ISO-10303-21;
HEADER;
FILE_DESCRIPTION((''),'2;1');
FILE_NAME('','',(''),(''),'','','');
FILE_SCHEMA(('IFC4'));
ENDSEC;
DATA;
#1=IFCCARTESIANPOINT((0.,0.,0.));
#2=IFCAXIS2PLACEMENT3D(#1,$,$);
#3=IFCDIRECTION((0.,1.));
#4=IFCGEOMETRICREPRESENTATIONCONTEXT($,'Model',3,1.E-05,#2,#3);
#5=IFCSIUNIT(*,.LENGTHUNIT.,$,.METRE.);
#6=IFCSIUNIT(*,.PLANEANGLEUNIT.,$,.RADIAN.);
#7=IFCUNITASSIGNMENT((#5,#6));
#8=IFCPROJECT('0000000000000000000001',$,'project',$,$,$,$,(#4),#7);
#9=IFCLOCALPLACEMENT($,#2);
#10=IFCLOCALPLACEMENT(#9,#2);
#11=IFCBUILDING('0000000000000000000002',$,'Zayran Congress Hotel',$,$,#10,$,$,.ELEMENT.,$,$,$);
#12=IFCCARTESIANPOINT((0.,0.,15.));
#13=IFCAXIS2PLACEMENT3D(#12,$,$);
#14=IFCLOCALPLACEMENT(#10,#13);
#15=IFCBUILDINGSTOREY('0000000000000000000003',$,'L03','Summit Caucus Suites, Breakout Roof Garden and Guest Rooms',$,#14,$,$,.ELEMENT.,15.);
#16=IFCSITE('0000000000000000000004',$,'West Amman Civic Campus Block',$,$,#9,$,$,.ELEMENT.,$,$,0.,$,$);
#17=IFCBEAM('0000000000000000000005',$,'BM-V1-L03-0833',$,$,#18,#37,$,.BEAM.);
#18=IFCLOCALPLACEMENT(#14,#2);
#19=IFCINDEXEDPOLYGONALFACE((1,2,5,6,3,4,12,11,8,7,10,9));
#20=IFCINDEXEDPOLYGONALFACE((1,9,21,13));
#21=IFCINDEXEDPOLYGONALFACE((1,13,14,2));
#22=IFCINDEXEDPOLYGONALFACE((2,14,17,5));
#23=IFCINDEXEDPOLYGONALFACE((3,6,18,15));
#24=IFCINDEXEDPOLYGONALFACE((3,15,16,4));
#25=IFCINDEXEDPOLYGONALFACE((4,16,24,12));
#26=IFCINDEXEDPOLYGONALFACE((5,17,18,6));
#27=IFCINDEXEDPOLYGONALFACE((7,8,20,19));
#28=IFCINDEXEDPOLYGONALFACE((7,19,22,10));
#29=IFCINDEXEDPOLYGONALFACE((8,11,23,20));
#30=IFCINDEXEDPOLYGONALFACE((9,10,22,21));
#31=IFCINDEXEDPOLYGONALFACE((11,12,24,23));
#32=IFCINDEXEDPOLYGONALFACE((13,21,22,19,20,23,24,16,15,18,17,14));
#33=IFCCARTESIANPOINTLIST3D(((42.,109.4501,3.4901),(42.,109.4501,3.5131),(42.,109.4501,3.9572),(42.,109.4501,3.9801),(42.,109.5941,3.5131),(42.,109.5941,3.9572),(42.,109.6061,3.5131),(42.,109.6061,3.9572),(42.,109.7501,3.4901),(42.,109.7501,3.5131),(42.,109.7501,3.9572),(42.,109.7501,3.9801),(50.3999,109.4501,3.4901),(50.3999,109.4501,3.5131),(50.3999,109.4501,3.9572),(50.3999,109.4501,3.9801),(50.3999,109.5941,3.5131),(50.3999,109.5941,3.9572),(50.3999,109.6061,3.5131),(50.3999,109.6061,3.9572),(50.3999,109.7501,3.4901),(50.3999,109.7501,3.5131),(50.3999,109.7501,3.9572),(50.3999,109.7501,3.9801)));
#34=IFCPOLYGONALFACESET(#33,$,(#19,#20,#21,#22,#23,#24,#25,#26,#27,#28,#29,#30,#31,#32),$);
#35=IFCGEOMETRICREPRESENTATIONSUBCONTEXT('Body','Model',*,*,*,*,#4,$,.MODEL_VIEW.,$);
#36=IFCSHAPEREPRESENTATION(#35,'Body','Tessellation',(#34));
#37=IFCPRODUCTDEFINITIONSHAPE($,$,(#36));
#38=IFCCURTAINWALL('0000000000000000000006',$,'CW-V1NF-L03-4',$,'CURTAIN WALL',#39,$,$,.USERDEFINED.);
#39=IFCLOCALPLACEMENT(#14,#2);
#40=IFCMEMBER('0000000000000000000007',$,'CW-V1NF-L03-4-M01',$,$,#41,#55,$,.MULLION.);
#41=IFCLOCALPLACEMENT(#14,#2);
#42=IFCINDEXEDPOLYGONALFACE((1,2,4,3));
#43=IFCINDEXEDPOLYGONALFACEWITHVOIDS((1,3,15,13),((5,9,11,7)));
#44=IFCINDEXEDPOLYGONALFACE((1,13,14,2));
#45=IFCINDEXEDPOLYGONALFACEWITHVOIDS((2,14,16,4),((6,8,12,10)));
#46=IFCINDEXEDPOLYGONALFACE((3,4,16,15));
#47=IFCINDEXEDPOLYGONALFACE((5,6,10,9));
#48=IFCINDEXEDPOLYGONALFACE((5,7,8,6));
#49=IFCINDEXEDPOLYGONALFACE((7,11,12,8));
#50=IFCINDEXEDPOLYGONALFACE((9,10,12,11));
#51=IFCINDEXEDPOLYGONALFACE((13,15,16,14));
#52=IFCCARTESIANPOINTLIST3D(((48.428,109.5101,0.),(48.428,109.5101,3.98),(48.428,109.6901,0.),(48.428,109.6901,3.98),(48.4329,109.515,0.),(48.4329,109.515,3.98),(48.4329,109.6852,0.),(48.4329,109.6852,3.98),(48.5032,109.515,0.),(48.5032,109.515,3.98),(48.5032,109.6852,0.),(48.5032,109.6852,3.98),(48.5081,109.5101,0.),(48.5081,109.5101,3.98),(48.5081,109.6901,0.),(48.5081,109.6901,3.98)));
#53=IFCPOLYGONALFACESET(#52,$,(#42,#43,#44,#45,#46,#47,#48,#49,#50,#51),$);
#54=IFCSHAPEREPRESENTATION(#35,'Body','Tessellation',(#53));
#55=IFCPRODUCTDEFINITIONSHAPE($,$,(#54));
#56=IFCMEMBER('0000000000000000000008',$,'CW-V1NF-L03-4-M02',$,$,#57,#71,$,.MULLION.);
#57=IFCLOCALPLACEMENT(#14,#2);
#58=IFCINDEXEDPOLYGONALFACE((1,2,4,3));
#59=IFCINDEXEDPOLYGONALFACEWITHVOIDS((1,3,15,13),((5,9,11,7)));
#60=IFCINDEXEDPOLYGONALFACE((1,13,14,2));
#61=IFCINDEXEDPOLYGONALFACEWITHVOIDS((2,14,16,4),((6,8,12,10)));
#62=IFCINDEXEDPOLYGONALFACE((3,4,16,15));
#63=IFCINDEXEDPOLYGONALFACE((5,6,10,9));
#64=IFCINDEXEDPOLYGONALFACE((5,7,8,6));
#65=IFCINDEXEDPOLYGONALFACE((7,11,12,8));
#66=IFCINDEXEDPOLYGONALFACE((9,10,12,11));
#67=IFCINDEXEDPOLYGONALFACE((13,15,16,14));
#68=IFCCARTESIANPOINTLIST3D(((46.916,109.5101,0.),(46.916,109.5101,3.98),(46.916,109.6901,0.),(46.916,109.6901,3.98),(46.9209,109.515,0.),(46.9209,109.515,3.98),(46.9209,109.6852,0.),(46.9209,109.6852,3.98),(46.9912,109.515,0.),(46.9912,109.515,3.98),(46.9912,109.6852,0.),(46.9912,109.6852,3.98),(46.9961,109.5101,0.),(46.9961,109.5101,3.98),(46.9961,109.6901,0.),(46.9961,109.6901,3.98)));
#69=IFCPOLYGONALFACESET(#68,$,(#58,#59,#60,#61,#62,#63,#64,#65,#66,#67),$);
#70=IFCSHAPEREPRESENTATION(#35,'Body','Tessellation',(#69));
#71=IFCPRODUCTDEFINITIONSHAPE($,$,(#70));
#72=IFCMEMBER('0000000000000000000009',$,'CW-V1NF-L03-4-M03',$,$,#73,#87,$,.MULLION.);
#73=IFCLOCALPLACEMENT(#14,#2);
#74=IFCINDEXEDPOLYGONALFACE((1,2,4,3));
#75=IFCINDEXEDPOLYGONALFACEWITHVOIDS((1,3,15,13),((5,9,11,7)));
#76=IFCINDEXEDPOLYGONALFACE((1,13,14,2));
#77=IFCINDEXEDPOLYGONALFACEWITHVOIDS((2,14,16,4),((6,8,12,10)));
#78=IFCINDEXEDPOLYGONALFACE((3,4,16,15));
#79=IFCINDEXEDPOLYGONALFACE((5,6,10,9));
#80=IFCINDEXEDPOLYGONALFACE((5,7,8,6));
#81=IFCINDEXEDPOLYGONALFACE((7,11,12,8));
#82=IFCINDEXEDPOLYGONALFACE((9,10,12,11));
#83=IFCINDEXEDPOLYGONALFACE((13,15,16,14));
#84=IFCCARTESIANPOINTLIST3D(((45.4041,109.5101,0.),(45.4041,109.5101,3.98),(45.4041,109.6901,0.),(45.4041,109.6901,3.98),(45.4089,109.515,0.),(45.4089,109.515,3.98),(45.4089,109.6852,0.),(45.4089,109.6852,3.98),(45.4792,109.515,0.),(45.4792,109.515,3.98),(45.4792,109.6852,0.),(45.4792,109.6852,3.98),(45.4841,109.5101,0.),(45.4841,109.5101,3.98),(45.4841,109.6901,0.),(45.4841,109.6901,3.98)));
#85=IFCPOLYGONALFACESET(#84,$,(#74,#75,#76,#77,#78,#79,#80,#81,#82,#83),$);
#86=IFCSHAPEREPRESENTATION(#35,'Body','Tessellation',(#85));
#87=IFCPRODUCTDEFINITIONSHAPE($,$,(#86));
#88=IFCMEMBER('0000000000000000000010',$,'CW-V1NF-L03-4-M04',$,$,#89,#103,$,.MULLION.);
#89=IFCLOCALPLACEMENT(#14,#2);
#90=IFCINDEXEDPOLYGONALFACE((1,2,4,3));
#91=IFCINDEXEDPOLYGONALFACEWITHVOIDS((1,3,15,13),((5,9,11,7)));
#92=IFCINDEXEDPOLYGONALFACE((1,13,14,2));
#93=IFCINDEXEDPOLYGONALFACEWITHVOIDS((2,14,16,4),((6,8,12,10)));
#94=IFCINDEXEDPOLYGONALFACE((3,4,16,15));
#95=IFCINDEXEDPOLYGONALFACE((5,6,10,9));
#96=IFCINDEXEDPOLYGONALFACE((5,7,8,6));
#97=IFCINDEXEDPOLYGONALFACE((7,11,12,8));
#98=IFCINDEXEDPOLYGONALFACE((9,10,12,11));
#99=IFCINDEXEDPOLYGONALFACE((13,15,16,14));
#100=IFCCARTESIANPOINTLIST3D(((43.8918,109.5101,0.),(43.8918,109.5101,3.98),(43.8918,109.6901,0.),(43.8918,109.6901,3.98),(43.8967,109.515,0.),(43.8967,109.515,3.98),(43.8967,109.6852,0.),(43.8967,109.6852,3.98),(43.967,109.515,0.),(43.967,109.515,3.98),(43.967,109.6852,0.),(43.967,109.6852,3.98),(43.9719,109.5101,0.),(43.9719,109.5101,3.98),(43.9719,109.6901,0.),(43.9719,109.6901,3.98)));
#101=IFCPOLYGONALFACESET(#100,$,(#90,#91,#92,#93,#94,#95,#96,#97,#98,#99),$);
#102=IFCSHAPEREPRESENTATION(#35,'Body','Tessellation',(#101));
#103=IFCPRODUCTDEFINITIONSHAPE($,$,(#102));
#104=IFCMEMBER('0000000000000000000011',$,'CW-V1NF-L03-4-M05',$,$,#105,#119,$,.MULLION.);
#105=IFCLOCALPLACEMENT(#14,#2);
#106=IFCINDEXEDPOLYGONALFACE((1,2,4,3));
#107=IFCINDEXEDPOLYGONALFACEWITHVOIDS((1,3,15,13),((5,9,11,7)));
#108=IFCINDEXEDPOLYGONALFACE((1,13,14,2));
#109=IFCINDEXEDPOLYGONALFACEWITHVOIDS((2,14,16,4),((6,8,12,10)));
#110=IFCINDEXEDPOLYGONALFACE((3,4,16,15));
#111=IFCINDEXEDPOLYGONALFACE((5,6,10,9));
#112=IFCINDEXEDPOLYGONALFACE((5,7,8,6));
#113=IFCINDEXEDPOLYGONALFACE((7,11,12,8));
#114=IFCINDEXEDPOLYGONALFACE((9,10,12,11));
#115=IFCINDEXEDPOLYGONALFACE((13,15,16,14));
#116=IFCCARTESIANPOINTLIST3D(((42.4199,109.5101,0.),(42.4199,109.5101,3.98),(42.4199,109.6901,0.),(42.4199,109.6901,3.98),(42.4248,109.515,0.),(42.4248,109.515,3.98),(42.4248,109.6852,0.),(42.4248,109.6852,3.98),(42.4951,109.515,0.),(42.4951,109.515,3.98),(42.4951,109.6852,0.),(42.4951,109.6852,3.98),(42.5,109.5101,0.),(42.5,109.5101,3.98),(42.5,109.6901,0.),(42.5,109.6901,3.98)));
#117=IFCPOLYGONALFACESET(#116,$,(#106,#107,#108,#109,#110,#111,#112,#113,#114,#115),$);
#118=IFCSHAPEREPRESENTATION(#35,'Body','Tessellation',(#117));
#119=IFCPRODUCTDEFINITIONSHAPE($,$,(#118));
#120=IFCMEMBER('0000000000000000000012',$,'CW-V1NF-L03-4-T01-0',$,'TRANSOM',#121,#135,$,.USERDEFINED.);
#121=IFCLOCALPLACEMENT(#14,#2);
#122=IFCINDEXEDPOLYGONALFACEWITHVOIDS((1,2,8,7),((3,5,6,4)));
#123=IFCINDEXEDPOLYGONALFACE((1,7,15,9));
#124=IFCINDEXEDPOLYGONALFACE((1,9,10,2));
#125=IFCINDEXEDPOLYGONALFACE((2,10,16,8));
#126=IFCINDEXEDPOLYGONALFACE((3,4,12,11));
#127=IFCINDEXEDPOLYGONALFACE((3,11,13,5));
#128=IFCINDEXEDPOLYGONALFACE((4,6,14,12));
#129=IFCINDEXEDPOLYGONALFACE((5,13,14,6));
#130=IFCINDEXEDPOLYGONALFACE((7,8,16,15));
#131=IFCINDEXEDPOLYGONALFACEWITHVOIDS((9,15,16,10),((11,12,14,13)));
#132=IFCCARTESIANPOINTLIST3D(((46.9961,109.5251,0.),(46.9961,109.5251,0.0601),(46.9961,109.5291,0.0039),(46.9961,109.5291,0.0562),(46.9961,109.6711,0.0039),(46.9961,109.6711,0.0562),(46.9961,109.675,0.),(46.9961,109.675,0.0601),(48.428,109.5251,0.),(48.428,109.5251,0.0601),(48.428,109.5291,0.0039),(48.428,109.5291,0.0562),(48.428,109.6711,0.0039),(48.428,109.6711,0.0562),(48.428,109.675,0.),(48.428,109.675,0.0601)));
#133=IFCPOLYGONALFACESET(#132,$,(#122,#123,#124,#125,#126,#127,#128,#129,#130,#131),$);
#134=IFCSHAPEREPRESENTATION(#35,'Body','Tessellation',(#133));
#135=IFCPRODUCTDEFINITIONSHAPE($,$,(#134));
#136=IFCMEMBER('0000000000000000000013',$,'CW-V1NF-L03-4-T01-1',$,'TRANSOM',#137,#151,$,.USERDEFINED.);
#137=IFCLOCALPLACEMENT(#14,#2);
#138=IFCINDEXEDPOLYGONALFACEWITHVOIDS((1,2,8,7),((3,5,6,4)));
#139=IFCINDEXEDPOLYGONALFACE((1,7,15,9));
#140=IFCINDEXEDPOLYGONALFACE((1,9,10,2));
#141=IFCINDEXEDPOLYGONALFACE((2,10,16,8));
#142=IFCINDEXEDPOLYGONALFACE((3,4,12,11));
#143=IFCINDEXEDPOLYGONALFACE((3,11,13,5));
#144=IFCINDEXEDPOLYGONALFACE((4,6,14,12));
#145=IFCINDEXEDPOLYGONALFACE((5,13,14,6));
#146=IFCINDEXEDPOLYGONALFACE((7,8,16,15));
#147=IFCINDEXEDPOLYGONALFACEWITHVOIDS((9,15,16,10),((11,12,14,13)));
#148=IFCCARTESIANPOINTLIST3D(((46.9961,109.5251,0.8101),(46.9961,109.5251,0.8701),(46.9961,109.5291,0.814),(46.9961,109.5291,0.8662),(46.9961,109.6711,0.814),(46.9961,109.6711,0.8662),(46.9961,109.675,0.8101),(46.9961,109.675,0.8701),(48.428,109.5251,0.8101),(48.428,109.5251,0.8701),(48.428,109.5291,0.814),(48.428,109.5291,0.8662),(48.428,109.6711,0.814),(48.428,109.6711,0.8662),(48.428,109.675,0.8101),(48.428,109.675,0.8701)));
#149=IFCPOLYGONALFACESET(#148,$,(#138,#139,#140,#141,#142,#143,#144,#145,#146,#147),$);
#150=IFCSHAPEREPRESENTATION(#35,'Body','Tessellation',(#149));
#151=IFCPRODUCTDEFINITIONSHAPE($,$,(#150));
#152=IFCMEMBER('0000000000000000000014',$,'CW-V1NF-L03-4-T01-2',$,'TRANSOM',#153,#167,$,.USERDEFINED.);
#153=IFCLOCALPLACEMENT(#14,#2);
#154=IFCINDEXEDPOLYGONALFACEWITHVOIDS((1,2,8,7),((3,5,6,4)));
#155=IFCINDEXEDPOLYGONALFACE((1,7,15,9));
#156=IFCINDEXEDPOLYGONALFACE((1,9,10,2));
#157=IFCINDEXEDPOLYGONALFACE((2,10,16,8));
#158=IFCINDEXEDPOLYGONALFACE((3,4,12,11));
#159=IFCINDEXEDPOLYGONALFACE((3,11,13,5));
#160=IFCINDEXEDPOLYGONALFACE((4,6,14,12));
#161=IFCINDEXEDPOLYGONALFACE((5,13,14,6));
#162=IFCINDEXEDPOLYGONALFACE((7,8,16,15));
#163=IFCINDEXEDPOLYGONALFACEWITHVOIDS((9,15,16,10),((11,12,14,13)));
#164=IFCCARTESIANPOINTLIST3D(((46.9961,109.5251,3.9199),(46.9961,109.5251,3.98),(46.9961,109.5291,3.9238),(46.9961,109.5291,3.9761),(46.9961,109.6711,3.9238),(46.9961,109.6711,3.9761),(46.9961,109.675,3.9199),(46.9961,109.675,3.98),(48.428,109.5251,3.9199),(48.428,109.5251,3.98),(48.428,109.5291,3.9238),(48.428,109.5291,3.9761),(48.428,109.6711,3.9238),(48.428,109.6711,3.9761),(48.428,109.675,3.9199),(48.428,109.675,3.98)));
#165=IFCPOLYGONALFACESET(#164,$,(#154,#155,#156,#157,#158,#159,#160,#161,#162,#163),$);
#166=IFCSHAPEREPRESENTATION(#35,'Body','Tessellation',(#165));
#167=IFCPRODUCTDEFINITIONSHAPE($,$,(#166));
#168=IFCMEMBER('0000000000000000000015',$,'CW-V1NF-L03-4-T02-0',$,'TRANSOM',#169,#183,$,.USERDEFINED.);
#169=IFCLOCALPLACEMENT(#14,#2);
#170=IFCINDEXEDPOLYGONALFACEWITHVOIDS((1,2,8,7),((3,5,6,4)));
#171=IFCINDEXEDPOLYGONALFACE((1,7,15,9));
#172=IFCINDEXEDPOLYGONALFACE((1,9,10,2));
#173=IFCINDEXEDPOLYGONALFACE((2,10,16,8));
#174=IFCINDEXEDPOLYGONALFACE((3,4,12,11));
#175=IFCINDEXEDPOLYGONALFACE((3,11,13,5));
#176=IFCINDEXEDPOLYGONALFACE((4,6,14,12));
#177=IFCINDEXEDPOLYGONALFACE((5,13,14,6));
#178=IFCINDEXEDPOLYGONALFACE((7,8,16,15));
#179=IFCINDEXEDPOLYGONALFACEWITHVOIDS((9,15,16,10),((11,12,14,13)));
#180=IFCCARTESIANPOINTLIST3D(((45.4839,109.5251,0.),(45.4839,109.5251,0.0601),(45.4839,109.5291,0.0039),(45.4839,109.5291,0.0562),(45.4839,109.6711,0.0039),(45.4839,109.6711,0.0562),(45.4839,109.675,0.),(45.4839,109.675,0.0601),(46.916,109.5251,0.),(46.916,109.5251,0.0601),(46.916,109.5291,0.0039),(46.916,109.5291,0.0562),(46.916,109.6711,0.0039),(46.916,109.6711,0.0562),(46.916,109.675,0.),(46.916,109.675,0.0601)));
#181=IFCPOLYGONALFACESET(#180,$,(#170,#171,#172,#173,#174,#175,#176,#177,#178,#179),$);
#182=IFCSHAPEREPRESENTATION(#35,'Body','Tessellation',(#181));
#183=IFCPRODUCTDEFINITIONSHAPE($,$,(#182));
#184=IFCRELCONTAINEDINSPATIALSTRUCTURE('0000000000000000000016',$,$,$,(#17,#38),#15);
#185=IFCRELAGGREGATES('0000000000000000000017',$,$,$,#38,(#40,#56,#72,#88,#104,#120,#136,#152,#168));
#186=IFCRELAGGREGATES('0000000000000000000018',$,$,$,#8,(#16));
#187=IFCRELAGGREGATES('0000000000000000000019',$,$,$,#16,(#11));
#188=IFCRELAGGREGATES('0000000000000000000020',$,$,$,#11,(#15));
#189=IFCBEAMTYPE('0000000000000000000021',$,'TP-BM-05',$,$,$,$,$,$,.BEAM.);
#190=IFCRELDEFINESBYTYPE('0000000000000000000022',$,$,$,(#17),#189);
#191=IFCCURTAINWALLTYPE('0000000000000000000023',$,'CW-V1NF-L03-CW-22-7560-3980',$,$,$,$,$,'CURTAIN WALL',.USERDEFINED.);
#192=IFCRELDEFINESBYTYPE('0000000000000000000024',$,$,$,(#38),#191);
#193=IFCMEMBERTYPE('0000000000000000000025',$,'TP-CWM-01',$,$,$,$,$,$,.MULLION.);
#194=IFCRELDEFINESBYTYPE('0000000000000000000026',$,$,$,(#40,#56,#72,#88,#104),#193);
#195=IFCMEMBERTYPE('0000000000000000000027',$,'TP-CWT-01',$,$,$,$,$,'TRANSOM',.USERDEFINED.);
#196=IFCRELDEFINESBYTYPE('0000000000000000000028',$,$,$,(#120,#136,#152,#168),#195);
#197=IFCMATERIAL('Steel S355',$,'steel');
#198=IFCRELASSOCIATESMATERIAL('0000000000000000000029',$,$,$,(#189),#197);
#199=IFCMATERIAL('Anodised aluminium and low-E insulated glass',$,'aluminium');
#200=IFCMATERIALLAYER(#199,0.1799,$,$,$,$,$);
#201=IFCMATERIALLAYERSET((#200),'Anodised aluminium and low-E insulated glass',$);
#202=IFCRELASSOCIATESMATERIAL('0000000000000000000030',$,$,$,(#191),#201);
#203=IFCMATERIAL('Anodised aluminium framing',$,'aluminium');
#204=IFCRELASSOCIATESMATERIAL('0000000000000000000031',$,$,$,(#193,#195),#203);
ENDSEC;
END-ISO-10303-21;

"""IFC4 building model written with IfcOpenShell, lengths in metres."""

from ifc_helpers import new_model, si_unit, direction, frame, origin, origin_2d, place, context, subcontext, project, spatial, hollow_rectangle, i_section, extrude, material, layer, layer_set, material_profile, profile_set, type_object, element, aggregate, save


model = new_model("IFC4")

# Units and contexts
model_context = context("Model", 3, precision=1e-05, world=origin(), true_north=direction((0.0, 1.0)))
body_context = subcontext(model_context, "Body", "Model", "MODEL_VIEW")
ifc_project = project(units=[si_unit("LENGTHUNIT", "METRE"), si_unit("PLANEANGLEUNIT", "RADIAN")], contexts=[model_context])

# Site, building, storey
site_placement = place(None, origin())
site = spatial("IfcSite", under=ifc_project, at=site_placement, Name="West Amman Civic Campus Block", CompositionType="ELEMENT", RefElevation=0.0)
building_placement = place(site_placement, origin())
building = spatial("IfcBuilding", under=site, at=building_placement, Name="Zayran Congress Hotel", CompositionType="ELEMENT")
storey_placement = place(building_placement, frame((0.0, 0.0, 15.0)))
storey = spatial("IfcBuildingStorey", under=building, at=storey_placement, Name="L03", Description="Summit Caucus Suites, Breakout Roof Garden and Guest Rooms", CompositionType="ELEMENT", Elevation=15.0)

# Beam
ifc_material_1 = material(Name="Steel S355", Category="steel")
ifc_material_profile_1 = material_profile(ifc_material_1, i_section(OverallWidth=0.3, OverallDepth=0.49, WebThickness=0.012, FlangeThickness=0.0229, at=origin_2d()), Name="HEA 500")
ifc_profile_set_1 = profile_set([ifc_material_profile_1], Name="Steel S355")
beam_type = type_object("IfcBeamType", Name="TP-BM-05", PredefinedType="BEAM", material=ifc_profile_set_1)
beam_placement = place(storey_placement, frame((42.0, 109.6001, 3.7351), z_axis=(1.0, 0.0, 0.0), x_axis=(0.0, 1.0, 0.0)))
element("IfcBeam", 1, at=beam_placement, inside=storey, type_object=beam_type, Name="BM-V1-L03-0833", PredefinedType="BEAM", context=body_context, shape_type="SweptSolid", body=[
    extrude(i_section(OverallWidth=0.3, OverallDepth=0.49, WebThickness=0.012, FlangeThickness=0.0229, at=origin_2d()), origin(), (0.0, 0.0, 1.0), 8.3999),
])

# Curtain wall, members
ifc_material_2 = material(Name="Anodised aluminium and low-E insulated glass", Category="aluminium")
ifc_layer_1 = layer(ifc_material_2, 0.1799)
ifc_layer_set_1 = layer_set([ifc_layer_1], Name="Anodised aluminium and low-E insulated glass")
curtain_wall_type = type_object("IfcCurtainWallType", Name="CW-V1NF-L03-CW-22-7560-3980", ElementType="CURTAIN WALL", PredefinedType="USERDEFINED", material=ifc_layer_set_1)
curtain_wall_placement = place(storey_placement, origin())
curtain_wall = element("IfcCurtainWall", 2, at=curtain_wall_placement, inside=storey, type_object=curtain_wall_type, Name="CW-V1NF-L03-4", ObjectType="CURTAIN WALL", PredefinedType="USERDEFINED")
ifc_material_3 = material(Name="Anodised aluminium framing", Category="aluminium")
ifc_material_profile_2 = material_profile(ifc_material_3, hollow_rectangle(XDim=0.0801, YDim=0.1799, WallThickness=0.0049, at=origin_2d()), Name="RHS 180x80x5")
ifc_profile_set_2 = profile_set([ifc_material_profile_2], Name="Anodised aluminium framing")
member_type_1 = type_object("IfcMemberType", Name="TP-CWM-01", PredefinedType="MULLION", material=ifc_profile_set_2)
member_1_placement = place(storey_placement, frame((48.468, 109.6001, 0.0), z_axis=(0.0, 0.0, 1.0), x_axis=(1.0, 0.0, 0.0)))
member_1 = element("IfcMember", 3, at=member_1_placement, type_object=member_type_1, Name="CW-V1NF-L03-4-M01", PredefinedType="MULLION", context=body_context, shape_type="SweptSolid", body=[
    extrude(hollow_rectangle(XDim=0.0801, YDim=0.1799, WallThickness=0.0049, at=origin_2d()), origin(), (0.0, 0.0, 1.0), 3.98),
])
member_2_placement = place(storey_placement, frame((46.9561, 109.6001, 0.0), z_axis=(0.0, 0.0, 1.0), x_axis=(1.0, 0.0, 0.0)))
member_2 = element("IfcMember", 4, at=member_2_placement, type_object=member_type_1, Name="CW-V1NF-L03-4-M02", PredefinedType="MULLION", context=body_context, shape_type="SweptSolid", body=[
    extrude(hollow_rectangle(XDim=0.0801, YDim=0.1799, WallThickness=0.0049, at=origin_2d()), origin(), (0.0, 0.0, 1.0), 3.98),
])
member_3_placement = place(storey_placement, frame((45.4441, 109.6001, 0.0), z_axis=(0.0, 0.0, 1.0), x_axis=(1.0, 0.0, 0.0)))
member_3 = element("IfcMember", 5, at=member_3_placement, type_object=member_type_1, Name="CW-V1NF-L03-4-M03", PredefinedType="MULLION", context=body_context, shape_type="SweptSolid", body=[
    extrude(hollow_rectangle(XDim=0.0801, YDim=0.1799, WallThickness=0.0049, at=origin_2d()), origin(), (0.0, 0.0, 1.0), 3.98),
])
member_4_placement = place(storey_placement, frame((43.9319, 109.6001, 0.0), z_axis=(0.0, 0.0, 1.0), x_axis=(1.0, 0.0, 0.0)))
member_4 = element("IfcMember", 6, at=member_4_placement, type_object=member_type_1, Name="CW-V1NF-L03-4-M04", PredefinedType="MULLION", context=body_context, shape_type="SweptSolid", body=[
    extrude(hollow_rectangle(XDim=0.0801, YDim=0.1799, WallThickness=0.0049, at=origin_2d()), origin(), (0.0, 0.0, 1.0), 3.98),
])
member_5_placement = place(storey_placement, frame((42.46, 109.6001, 0.0), z_axis=(0.0, 0.0, 1.0), x_axis=(1.0, 0.0, 0.0)))
member_5 = element("IfcMember", 7, at=member_5_placement, type_object=member_type_1, Name="CW-V1NF-L03-4-M05", PredefinedType="MULLION", context=body_context, shape_type="SweptSolid", body=[
    extrude(hollow_rectangle(XDim=0.0801, YDim=0.1799, WallThickness=0.0049, at=origin_2d()), origin(), (0.0, 0.0, 1.0), 3.98),
])
ifc_material_profile_3 = material_profile(ifc_material_3, hollow_rectangle(XDim=0.0601, YDim=0.1499, WallThickness=0.0039, at=origin_2d()), Name="RHS 150x60x4")
ifc_profile_set_3 = profile_set([ifc_material_profile_3], Name="Anodised aluminium framing")
member_type_2 = type_object("IfcMemberType", Name="TP-CWT-01", ElementType="TRANSOM", PredefinedType="USERDEFINED", material=ifc_profile_set_3)
member_6_placement = place(storey_placement, frame((48.428, 109.6001, 0.03), z_axis=(-1.0, 0.0, 0.0), x_axis=(0.0, 0.0, 1.0)))
member_6 = element("IfcMember", 8, at=member_6_placement, type_object=member_type_2, Name="CW-V1NF-L03-4-T01-0", ObjectType="TRANSOM", PredefinedType="USERDEFINED", context=body_context, shape_type="SweptSolid", body=[
    extrude(hollow_rectangle(XDim=0.0601, YDim=0.1499, WallThickness=0.0039, at=origin_2d()), origin(), (0.0, 0.0, 1.0), 1.4319),
])
member_7_placement = place(storey_placement, frame((48.428, 109.6001, 0.8401), z_axis=(-1.0, 0.0, 0.0), x_axis=(0.0, 0.0, 1.0)))
member_7 = element("IfcMember", 9, at=member_7_placement, type_object=member_type_2, Name="CW-V1NF-L03-4-T01-1", ObjectType="TRANSOM", PredefinedType="USERDEFINED", context=body_context, shape_type="SweptSolid", body=[
    extrude(hollow_rectangle(XDim=0.0601, YDim=0.1499, WallThickness=0.0039, at=origin_2d()), origin(), (0.0, 0.0, 1.0), 1.4319),
])
member_8_placement = place(storey_placement, frame((48.428, 109.6001, 3.95), z_axis=(-1.0, 0.0, 0.0), x_axis=(0.0, 0.0, 1.0)))
member_8 = element("IfcMember", 10, at=member_8_placement, type_object=member_type_2, Name="CW-V1NF-L03-4-T01-2", ObjectType="TRANSOM", PredefinedType="USERDEFINED", context=body_context, shape_type="SweptSolid", body=[
    extrude(hollow_rectangle(XDim=0.0601, YDim=0.1499, WallThickness=0.0039, at=origin_2d()), origin(), (0.0, 0.0, 1.0), 1.4319),
])
member_9_placement = place(storey_placement, frame((46.916, 109.6001, 0.03), z_axis=(-1.0, 0.0, 0.0), x_axis=(0.0, 0.0, 1.0)))
member_9 = element("IfcMember", 11, at=member_9_placement, type_object=member_type_2, Name="CW-V1NF-L03-4-T02-0", ObjectType="TRANSOM", PredefinedType="USERDEFINED", context=body_context, shape_type="SweptSolid", body=[
    extrude(hollow_rectangle(XDim=0.0601, YDim=0.1499, WallThickness=0.0039, at=origin_2d()), origin(), (0.0, 0.0, 1.0), 1.4321),
])
aggregate(curtain_wall, [member_1, member_2, member_3, member_4, member_5, member_6, member_7, member_8, member_9])

save(model, "model.ifc")
